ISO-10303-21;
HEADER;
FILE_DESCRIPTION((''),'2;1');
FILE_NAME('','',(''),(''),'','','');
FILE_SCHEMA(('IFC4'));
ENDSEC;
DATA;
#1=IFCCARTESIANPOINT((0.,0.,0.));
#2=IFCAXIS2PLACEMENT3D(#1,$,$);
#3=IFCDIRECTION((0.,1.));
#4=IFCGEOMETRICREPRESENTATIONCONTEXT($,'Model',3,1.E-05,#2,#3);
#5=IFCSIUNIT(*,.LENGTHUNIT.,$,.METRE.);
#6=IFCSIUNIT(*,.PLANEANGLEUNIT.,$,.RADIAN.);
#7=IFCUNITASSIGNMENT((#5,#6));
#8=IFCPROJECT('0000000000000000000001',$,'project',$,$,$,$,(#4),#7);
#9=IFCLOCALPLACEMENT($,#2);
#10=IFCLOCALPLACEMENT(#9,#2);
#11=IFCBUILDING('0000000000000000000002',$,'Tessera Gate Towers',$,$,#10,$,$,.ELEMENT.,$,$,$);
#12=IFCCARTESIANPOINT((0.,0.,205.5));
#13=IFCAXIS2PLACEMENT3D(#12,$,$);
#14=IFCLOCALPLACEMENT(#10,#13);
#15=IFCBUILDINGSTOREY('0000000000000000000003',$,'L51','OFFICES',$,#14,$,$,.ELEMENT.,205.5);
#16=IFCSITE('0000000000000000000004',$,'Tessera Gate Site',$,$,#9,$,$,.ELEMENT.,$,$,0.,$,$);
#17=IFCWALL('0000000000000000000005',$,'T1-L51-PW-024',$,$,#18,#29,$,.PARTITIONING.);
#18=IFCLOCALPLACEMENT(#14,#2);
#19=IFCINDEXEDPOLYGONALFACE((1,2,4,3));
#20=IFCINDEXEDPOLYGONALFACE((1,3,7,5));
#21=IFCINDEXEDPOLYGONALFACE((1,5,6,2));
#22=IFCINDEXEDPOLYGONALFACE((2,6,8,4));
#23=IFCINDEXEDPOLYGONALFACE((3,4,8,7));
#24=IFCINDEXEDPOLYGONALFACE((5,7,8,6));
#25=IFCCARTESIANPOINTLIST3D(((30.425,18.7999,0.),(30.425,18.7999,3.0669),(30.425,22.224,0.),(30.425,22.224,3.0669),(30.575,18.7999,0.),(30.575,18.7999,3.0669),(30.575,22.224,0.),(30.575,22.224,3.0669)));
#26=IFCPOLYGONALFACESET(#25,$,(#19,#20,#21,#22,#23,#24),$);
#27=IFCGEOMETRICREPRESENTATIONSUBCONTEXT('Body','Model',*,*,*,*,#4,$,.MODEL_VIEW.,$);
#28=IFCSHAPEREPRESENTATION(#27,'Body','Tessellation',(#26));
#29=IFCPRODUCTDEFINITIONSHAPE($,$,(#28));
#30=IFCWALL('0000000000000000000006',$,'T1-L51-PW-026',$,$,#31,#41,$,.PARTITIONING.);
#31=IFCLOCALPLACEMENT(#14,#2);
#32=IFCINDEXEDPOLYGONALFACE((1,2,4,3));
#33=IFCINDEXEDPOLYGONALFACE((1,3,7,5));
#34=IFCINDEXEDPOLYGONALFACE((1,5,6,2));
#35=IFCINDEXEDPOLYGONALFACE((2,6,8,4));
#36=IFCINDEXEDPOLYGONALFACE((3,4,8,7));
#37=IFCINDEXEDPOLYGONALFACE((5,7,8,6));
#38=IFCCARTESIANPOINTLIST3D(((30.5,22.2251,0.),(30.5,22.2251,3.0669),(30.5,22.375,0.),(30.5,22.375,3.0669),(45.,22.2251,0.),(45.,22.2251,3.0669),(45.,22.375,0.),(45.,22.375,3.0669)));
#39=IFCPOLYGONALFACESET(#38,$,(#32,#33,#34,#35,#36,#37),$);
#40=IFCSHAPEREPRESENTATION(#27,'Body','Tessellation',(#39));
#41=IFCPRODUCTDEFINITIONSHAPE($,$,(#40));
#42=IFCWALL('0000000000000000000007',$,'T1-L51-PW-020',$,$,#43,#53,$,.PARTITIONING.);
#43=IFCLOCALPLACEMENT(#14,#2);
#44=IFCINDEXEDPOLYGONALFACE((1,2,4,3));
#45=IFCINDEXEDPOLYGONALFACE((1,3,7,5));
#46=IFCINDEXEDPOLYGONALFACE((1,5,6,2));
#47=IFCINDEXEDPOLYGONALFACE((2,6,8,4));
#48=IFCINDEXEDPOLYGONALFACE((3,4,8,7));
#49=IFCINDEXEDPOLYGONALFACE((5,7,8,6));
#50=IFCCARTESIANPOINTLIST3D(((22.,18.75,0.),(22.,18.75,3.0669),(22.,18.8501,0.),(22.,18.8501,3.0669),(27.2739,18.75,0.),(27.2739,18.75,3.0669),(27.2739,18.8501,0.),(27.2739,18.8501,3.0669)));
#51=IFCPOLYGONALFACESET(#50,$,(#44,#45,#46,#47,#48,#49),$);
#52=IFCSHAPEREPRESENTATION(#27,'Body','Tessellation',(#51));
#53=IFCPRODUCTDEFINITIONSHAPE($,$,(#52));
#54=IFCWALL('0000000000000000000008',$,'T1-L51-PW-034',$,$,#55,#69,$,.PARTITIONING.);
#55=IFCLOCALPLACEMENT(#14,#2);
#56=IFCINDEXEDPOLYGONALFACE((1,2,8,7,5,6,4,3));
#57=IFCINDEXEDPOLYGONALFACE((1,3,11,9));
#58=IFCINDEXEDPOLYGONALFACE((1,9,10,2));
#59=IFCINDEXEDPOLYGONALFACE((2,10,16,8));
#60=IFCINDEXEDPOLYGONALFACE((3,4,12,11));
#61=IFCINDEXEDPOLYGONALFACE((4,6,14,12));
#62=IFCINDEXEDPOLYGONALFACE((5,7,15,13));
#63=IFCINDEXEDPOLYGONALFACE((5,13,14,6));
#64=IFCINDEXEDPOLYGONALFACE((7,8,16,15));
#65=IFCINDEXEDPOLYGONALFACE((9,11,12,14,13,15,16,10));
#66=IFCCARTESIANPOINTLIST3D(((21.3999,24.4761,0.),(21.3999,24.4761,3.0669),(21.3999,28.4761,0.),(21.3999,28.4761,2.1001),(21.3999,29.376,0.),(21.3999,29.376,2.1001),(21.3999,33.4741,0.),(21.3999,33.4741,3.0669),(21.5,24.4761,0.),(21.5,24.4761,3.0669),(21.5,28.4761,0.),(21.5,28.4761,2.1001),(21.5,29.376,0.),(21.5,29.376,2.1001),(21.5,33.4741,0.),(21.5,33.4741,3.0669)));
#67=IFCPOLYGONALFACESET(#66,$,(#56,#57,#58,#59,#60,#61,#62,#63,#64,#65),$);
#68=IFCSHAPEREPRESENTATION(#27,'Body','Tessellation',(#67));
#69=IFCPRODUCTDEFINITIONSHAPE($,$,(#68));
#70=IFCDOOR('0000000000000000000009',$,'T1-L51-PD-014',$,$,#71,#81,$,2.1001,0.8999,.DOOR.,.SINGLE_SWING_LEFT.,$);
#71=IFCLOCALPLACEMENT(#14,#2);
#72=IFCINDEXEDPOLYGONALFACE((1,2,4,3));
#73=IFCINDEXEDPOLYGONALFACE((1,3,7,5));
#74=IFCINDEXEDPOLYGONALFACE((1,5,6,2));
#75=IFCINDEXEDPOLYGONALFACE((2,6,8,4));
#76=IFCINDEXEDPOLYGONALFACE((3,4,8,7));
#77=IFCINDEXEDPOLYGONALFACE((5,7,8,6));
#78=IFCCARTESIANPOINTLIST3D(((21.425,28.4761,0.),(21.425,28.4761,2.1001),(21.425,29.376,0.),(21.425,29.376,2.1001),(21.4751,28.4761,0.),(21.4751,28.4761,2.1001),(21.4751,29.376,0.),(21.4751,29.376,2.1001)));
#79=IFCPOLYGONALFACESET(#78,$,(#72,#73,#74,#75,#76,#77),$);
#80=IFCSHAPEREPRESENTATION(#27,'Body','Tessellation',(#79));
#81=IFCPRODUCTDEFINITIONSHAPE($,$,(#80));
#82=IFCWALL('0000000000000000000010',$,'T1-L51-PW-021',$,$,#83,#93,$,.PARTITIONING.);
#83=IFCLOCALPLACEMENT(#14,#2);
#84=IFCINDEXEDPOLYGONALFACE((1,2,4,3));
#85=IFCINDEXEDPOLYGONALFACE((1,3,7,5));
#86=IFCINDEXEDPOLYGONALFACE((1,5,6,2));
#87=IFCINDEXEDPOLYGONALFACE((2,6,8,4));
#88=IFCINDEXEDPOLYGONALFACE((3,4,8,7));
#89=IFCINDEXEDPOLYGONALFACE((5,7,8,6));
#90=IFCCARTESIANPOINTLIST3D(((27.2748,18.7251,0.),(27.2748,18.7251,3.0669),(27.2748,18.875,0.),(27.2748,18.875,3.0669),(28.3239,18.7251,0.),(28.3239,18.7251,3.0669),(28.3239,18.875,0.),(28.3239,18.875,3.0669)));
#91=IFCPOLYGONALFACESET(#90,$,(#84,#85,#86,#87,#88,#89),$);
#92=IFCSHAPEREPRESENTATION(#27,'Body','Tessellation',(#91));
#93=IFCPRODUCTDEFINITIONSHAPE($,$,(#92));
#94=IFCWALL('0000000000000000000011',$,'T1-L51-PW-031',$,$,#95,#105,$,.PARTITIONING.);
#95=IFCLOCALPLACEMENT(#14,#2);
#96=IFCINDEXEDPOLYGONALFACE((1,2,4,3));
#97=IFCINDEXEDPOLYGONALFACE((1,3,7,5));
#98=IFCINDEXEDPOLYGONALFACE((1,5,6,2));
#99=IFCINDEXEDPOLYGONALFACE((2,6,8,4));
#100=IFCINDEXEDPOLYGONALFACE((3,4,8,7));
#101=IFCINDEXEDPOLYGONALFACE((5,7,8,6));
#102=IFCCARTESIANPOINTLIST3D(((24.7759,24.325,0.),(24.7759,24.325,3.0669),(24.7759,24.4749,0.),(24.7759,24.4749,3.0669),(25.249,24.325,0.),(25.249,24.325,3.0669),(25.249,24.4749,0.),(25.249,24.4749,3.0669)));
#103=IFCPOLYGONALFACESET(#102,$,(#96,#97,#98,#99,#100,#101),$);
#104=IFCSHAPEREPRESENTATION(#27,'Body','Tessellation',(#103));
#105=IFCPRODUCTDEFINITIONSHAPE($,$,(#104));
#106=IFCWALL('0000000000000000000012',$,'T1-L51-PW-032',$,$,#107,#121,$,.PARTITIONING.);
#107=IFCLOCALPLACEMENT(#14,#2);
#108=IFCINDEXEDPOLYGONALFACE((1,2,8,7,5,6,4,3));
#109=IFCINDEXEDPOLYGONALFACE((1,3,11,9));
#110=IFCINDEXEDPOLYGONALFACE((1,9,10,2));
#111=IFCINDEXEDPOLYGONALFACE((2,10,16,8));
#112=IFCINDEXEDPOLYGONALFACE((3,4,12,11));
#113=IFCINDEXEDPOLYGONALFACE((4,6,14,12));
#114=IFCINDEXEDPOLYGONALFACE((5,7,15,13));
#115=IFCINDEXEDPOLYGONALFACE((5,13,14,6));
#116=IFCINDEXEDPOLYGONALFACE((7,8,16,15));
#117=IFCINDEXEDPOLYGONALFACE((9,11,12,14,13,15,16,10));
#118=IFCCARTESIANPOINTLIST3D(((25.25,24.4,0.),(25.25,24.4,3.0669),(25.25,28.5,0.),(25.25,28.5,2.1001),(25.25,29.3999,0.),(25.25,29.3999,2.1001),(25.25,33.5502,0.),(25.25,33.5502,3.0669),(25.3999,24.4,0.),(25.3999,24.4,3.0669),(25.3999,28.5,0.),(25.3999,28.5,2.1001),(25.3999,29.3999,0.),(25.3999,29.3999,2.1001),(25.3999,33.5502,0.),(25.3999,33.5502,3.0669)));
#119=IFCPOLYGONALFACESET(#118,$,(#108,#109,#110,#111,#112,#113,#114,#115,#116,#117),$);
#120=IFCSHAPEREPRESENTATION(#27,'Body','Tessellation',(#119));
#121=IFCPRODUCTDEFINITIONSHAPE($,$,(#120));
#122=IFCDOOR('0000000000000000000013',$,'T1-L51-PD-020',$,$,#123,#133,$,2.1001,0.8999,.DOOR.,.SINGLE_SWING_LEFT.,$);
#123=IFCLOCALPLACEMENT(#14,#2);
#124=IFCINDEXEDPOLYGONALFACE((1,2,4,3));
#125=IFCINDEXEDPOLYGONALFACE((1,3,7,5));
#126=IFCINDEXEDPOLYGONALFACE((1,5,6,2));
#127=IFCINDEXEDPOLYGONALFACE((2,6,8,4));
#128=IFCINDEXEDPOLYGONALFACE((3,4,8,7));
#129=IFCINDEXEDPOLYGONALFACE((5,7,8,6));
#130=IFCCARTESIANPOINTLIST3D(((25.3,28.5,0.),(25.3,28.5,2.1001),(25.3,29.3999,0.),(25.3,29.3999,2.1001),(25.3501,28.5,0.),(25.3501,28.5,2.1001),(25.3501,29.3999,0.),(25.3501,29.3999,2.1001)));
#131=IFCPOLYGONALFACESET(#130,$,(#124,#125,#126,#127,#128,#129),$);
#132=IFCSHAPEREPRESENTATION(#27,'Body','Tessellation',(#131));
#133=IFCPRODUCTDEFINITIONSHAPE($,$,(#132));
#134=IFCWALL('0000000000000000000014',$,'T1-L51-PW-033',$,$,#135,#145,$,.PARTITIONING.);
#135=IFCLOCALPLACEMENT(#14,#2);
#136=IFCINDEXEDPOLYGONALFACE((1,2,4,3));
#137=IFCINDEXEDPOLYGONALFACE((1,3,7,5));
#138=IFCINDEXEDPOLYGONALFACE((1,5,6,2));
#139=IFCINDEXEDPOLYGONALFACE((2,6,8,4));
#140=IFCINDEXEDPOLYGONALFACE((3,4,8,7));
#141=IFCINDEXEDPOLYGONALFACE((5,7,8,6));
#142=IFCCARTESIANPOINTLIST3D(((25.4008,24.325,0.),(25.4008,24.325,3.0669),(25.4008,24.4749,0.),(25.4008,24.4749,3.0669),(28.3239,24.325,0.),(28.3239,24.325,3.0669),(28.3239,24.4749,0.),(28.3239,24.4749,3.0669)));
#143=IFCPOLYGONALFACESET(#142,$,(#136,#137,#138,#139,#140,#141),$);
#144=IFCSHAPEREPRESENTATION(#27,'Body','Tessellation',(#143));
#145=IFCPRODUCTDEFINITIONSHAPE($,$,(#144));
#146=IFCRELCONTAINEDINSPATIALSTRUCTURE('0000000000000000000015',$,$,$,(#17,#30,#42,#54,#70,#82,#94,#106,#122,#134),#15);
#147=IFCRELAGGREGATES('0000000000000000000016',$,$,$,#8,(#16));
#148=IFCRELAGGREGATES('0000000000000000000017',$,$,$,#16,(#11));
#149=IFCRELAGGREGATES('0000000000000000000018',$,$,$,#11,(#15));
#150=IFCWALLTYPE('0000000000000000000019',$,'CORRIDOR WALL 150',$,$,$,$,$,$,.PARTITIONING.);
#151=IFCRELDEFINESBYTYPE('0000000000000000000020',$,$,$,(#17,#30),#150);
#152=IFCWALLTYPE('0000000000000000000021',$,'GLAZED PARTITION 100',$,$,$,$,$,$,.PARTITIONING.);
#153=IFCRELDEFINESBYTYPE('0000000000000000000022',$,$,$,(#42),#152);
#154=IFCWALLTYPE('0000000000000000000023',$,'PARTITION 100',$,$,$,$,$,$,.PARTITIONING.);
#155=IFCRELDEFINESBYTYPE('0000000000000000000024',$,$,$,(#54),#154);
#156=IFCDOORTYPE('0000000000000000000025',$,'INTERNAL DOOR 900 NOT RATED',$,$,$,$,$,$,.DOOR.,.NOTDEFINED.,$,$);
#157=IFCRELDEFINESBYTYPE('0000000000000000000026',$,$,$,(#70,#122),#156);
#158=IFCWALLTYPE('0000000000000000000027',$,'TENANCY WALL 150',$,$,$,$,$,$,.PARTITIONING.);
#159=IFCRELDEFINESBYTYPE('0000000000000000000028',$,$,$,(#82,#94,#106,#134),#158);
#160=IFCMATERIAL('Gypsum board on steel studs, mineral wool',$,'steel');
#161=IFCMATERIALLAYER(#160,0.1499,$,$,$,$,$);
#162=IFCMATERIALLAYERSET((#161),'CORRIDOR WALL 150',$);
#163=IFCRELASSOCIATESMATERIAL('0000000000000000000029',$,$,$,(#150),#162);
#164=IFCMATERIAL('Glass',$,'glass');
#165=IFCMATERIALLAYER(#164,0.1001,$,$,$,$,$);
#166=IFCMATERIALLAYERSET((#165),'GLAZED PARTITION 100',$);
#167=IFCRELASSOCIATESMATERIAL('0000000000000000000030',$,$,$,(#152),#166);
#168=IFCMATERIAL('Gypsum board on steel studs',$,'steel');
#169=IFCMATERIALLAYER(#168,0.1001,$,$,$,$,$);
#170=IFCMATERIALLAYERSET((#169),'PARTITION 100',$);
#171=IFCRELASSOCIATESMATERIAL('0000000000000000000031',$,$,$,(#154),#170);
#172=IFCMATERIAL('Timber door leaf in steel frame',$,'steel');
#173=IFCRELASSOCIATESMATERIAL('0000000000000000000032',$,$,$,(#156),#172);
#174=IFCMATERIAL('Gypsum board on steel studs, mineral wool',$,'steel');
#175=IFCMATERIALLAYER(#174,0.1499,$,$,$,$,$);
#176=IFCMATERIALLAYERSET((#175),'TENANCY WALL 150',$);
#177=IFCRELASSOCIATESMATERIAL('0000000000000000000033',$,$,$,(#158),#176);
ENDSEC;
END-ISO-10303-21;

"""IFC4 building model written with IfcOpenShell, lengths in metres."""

from ifc_helpers import new_model, si_unit, direction, frame, frame_2d, origin, place, context, subcontext, project, spatial, rectangle, extrude, source, transform, mapped, material, layer, layer_set, type_object, element, fill, save


model = new_model("IFC4")

# Units and contexts
model_context = context("Model", 3, precision=1e-05, world=origin(), true_north=direction((0.0, 1.0)))
body_context = subcontext(model_context, "Body", "Model", "MODEL_VIEW")
ifc_project = project(units=[si_unit("LENGTHUNIT", "METRE"), si_unit("PLANEANGLEUNIT", "RADIAN")], contexts=[model_context])

# Site, building, storey
site_placement = place(None, origin())
site = spatial("IfcSite", under=ifc_project, at=site_placement, Name="Tessera Gate Site", CompositionType="ELEMENT", RefElevation=0.0)
building_placement = place(site_placement, origin())
building = spatial("IfcBuilding", under=site, at=building_placement, Name="Tessera Gate Towers", CompositionType="ELEMENT")
storey_placement = place(building_placement, frame((0.0, 0.0, 205.5)))
storey = spatial("IfcBuildingStorey", under=building, at=storey_placement, Name="L51", Description="OFFICES", CompositionType="ELEMENT", Elevation=205.5)

# Shared definitions
ifc_material_1 = material(Name="Gypsum board on steel studs, mineral wool", Category="steel")
ifc_layer_1 = layer(ifc_material_1, 0.1499)
ifc_layer_set_1 = layer_set([ifc_layer_1], Name="CORRIDOR WALL 150")
wall_type_1 = type_object("IfcWallType", Name="CORRIDOR WALL 150", PredefinedType="PARTITIONING", material=ifc_layer_set_1)
shared_shape_1 = source(origin(), body_context, "Body", "SweptSolid", [
    extrude(rectangle(XDim=0.8999, YDim=2.1001, at=frame_2d((0.45, 1.05))), frame((0.0, 0.085, 0.0), z_axis=(0.0, -1.0, 0.0), x_axis=(1.0, 0.0, 0.0)), (0.0, 0.0, 1.0), 0.1699),
])
shared_shape_2 = source(origin(), body_context, "Body", "SweptSolid", [
    extrude(rectangle(XDim=0.8999, YDim=2.1001, at=frame_2d((0.45, 1.05))), frame((0.0, 0.0249, 0.0), z_axis=(0.0, -1.0, 0.0), x_axis=(1.0, 0.0, 0.0)), (0.0, 0.0, 1.0), 0.05),
])

# Walls
wall_1_placement = place(storey_placement, frame((30.5, 18.8, 0.0), z_axis=(0.0, 0.0, 1.0), x_axis=(0.0, 1.0, 0.0)))
element("IfcWall", 1, at=wall_1_placement, inside=storey, type_object=wall_type_1, Name="T1-L51-PW-024", PredefinedType="PARTITIONING", context=body_context, shape_type="SweptSolid", body=[
    extrude(rectangle(XDim=3.4241, YDim=0.1499, at=frame_2d((1.7119, 0.0))), origin(), (0.0, 0.0, 1.0), 3.0669),
])
wall_2_placement = place(storey_placement, frame((30.5, 22.3, 0.0), z_axis=(0.0, 0.0, 1.0), x_axis=(1.0, 0.0, 0.0)))
element("IfcWall", 2, at=wall_2_placement, inside=storey, type_object=wall_type_1, Name="T1-L51-PW-026", PredefinedType="PARTITIONING", context=body_context, shape_type="SweptSolid", body=[
    extrude(rectangle(XDim=14.5, YDim=0.1499, at=frame_2d((7.25, 0.0))), origin(), (0.0, 0.0, 1.0), 3.0669),
])
ifc_material_2 = material(Name="Glass", Category="glass")
ifc_layer_2 = layer(ifc_material_2, 0.1001)
ifc_layer_set_2 = layer_set([ifc_layer_2], Name="GLAZED PARTITION 100")
wall_type_2 = type_object("IfcWallType", Name="GLAZED PARTITION 100", PredefinedType="PARTITIONING", material=ifc_layer_set_2)
wall_3_placement = place(storey_placement, frame((22.0, 18.8, 0.0), z_axis=(0.0, 0.0, 1.0), x_axis=(1.0, 0.0, 0.0)))
element("IfcWall", 3, at=wall_3_placement, inside=storey, type_object=wall_type_2, Name="T1-L51-PW-020", PredefinedType="PARTITIONING", context=body_context, shape_type="SweptSolid", body=[
    extrude(rectangle(XDim=5.2739, YDim=0.1001, at=frame_2d((2.637, 0.0))), origin(), (0.0, 0.0, 1.0), 3.0669),
])

# Wall, opening, door
ifc_material_3 = material(Name="Gypsum board on steel studs", Category="steel")
ifc_layer_3 = layer(ifc_material_3, 0.1001)
ifc_layer_set_3 = layer_set([ifc_layer_3], Name="PARTITION 100")
wall_type_3 = type_object("IfcWallType", Name="PARTITION 100", PredefinedType="PARTITIONING", material=ifc_layer_set_3)
wall_4_placement = place(storey_placement, frame((21.45, 24.4761, 0.0), z_axis=(0.0, 0.0, 1.0), x_axis=(0.0, 1.0, 0.0)))
wall_4 = element("IfcWall", 4, at=wall_4_placement, inside=storey, type_object=wall_type_3, Name="T1-L51-PW-034", PredefinedType="PARTITIONING", context=body_context, shape_type="SweptSolid", body=[
    extrude(rectangle(XDim=8.998, YDim=0.1001, at=frame_2d((4.499, 0.0))), origin(), (0.0, 0.0, 1.0), 3.0669),
])
shared_shape_3 = source(origin(), body_context, "Body", "SweptSolid", [
    extrude(rectangle(XDim=0.8999, YDim=2.1001, at=frame_2d((0.45, 1.05))), frame((0.0, 0.0601, 0.0), z_axis=(0.0, -1.0, 0.0), x_axis=(1.0, 0.0, 0.0)), (0.0, 0.0, 1.0), 0.1201),
])
opening_1_placement = place(wall_4_placement, frame((4.0, 0.0, 0.0)))
opening_1 = element("IfcOpeningElement", 5, at=opening_1_placement, cuts=wall_4, PredefinedType="OPENING", context=body_context, shape_type="MappedRepresentation", body=[
    mapped(shared_shape_3, transform((0.0, 0.0, 0.0), scale=1.0)),
])
ifc_material_4 = material(Name="Timber door leaf in steel frame", Category="steel")
door_type_1 = type_object("IfcDoorType", Name="INTERNAL DOOR 900 NOT RATED", OperationType="NOTDEFINED", PredefinedType="DOOR", material=ifc_material_4)
door_1_placement = place(opening_1_placement, origin())
door_1 = element("IfcDoor", 6, at=door_1_placement, inside=storey, type_object=door_type_1, Name="T1-L51-PD-014", OperationType="SINGLE_SWING_LEFT", OverallHeight=2.1001, OverallWidth=0.8999, PredefinedType="DOOR", context=body_context, shape_type="MappedRepresentation", body=[
    mapped(shared_shape_2, transform((0.0, 0.0, 0.0), scale=1.0)),
])
fill(opening_1, door_1)

# Walls
ifc_material_5 = material(Name="Gypsum board on steel studs, mineral wool", Category="steel")
ifc_layer_4 = layer(ifc_material_5, 0.1499)
ifc_layer_set_4 = layer_set([ifc_layer_4], Name="TENANCY WALL 150")
wall_type_4 = type_object("IfcWallType", Name="TENANCY WALL 150", PredefinedType="PARTITIONING", material=ifc_layer_set_4)
wall_5_placement = place(storey_placement, frame((27.2749, 18.8, 0.0), z_axis=(0.0, 0.0, 1.0), x_axis=(1.0, 0.0, 0.0)))
element("IfcWall", 7, at=wall_5_placement, inside=storey, type_object=wall_type_4, Name="T1-L51-PW-021", PredefinedType="PARTITIONING", context=body_context, shape_type="SweptSolid", body=[
    extrude(rectangle(XDim=1.0491, YDim=0.1499, at=frame_2d((0.5244, 0.0))), origin(), (0.0, 0.0, 1.0), 3.0669),
])
wall_6_placement = place(storey_placement, frame((24.7759, 24.3999, 0.0), z_axis=(0.0, 0.0, 1.0), x_axis=(1.0, 0.0, 0.0)))
element("IfcWall", 8, at=wall_6_placement, inside=storey, type_object=wall_type_4, Name="T1-L51-PW-031", PredefinedType="PARTITIONING", context=body_context, shape_type="SweptSolid", body=[
    extrude(rectangle(XDim=0.4731, YDim=0.1499, at=frame_2d((0.2366, 0.0))), origin(), (0.0, 0.0, 1.0), 3.0669),
])

# Wall, opening, door
wall_7_placement = place(storey_placement, frame((25.325, 24.3999, 0.0), z_axis=(0.0, 0.0, 1.0), x_axis=(0.0, 1.0, 0.0)))
wall_7 = element("IfcWall", 9, at=wall_7_placement, inside=storey, type_object=wall_type_4, Name="T1-L51-PW-032", PredefinedType="PARTITIONING", context=body_context, shape_type="SweptSolid", body=[
    extrude(rectangle(XDim=9.1501, YDim=0.1499, at=frame_2d((4.5752, 0.0))), origin(), (0.0, 0.0, 1.0), 3.0669),
])
opening_2_placement = place(wall_7_placement, frame((4.1001, 0.0, 0.0)))
opening_2 = element("IfcOpeningElement", 10, at=opening_2_placement, cuts=wall_7, PredefinedType="OPENING", context=body_context, shape_type="MappedRepresentation", body=[
    mapped(shared_shape_1, transform((0.0, 0.0, 0.0), scale=1.0)),
])
door_2_placement = place(opening_2_placement, origin())
door_2 = element("IfcDoor", 11, at=door_2_placement, inside=storey, type_object=door_type_1, Name="T1-L51-PD-020", OperationType="SINGLE_SWING_LEFT", OverallHeight=2.1001, OverallWidth=0.8999, PredefinedType="DOOR", context=body_context, shape_type="MappedRepresentation", body=[
    mapped(shared_shape_2, transform((0.0, 0.0, 0.0), scale=1.0)),
])
fill(opening_2, door_2)

# Wall
wall_8_placement = place(storey_placement, frame((25.4009, 24.3999, 0.0), z_axis=(0.0, 0.0, 1.0), x_axis=(1.0, 0.0, 0.0)))
element("IfcWall", 12, at=wall_8_placement, inside=storey, type_object=wall_type_4, Name="T1-L51-PW-033", PredefinedType="PARTITIONING", context=body_context, shape_type="SweptSolid", body=[
    extrude(rectangle(XDim=2.9231, YDim=0.1499, at=frame_2d((1.4614, 0.0))), origin(), (0.0, 0.0, 1.0), 3.0669),
])

save(model, "model.ifc")
